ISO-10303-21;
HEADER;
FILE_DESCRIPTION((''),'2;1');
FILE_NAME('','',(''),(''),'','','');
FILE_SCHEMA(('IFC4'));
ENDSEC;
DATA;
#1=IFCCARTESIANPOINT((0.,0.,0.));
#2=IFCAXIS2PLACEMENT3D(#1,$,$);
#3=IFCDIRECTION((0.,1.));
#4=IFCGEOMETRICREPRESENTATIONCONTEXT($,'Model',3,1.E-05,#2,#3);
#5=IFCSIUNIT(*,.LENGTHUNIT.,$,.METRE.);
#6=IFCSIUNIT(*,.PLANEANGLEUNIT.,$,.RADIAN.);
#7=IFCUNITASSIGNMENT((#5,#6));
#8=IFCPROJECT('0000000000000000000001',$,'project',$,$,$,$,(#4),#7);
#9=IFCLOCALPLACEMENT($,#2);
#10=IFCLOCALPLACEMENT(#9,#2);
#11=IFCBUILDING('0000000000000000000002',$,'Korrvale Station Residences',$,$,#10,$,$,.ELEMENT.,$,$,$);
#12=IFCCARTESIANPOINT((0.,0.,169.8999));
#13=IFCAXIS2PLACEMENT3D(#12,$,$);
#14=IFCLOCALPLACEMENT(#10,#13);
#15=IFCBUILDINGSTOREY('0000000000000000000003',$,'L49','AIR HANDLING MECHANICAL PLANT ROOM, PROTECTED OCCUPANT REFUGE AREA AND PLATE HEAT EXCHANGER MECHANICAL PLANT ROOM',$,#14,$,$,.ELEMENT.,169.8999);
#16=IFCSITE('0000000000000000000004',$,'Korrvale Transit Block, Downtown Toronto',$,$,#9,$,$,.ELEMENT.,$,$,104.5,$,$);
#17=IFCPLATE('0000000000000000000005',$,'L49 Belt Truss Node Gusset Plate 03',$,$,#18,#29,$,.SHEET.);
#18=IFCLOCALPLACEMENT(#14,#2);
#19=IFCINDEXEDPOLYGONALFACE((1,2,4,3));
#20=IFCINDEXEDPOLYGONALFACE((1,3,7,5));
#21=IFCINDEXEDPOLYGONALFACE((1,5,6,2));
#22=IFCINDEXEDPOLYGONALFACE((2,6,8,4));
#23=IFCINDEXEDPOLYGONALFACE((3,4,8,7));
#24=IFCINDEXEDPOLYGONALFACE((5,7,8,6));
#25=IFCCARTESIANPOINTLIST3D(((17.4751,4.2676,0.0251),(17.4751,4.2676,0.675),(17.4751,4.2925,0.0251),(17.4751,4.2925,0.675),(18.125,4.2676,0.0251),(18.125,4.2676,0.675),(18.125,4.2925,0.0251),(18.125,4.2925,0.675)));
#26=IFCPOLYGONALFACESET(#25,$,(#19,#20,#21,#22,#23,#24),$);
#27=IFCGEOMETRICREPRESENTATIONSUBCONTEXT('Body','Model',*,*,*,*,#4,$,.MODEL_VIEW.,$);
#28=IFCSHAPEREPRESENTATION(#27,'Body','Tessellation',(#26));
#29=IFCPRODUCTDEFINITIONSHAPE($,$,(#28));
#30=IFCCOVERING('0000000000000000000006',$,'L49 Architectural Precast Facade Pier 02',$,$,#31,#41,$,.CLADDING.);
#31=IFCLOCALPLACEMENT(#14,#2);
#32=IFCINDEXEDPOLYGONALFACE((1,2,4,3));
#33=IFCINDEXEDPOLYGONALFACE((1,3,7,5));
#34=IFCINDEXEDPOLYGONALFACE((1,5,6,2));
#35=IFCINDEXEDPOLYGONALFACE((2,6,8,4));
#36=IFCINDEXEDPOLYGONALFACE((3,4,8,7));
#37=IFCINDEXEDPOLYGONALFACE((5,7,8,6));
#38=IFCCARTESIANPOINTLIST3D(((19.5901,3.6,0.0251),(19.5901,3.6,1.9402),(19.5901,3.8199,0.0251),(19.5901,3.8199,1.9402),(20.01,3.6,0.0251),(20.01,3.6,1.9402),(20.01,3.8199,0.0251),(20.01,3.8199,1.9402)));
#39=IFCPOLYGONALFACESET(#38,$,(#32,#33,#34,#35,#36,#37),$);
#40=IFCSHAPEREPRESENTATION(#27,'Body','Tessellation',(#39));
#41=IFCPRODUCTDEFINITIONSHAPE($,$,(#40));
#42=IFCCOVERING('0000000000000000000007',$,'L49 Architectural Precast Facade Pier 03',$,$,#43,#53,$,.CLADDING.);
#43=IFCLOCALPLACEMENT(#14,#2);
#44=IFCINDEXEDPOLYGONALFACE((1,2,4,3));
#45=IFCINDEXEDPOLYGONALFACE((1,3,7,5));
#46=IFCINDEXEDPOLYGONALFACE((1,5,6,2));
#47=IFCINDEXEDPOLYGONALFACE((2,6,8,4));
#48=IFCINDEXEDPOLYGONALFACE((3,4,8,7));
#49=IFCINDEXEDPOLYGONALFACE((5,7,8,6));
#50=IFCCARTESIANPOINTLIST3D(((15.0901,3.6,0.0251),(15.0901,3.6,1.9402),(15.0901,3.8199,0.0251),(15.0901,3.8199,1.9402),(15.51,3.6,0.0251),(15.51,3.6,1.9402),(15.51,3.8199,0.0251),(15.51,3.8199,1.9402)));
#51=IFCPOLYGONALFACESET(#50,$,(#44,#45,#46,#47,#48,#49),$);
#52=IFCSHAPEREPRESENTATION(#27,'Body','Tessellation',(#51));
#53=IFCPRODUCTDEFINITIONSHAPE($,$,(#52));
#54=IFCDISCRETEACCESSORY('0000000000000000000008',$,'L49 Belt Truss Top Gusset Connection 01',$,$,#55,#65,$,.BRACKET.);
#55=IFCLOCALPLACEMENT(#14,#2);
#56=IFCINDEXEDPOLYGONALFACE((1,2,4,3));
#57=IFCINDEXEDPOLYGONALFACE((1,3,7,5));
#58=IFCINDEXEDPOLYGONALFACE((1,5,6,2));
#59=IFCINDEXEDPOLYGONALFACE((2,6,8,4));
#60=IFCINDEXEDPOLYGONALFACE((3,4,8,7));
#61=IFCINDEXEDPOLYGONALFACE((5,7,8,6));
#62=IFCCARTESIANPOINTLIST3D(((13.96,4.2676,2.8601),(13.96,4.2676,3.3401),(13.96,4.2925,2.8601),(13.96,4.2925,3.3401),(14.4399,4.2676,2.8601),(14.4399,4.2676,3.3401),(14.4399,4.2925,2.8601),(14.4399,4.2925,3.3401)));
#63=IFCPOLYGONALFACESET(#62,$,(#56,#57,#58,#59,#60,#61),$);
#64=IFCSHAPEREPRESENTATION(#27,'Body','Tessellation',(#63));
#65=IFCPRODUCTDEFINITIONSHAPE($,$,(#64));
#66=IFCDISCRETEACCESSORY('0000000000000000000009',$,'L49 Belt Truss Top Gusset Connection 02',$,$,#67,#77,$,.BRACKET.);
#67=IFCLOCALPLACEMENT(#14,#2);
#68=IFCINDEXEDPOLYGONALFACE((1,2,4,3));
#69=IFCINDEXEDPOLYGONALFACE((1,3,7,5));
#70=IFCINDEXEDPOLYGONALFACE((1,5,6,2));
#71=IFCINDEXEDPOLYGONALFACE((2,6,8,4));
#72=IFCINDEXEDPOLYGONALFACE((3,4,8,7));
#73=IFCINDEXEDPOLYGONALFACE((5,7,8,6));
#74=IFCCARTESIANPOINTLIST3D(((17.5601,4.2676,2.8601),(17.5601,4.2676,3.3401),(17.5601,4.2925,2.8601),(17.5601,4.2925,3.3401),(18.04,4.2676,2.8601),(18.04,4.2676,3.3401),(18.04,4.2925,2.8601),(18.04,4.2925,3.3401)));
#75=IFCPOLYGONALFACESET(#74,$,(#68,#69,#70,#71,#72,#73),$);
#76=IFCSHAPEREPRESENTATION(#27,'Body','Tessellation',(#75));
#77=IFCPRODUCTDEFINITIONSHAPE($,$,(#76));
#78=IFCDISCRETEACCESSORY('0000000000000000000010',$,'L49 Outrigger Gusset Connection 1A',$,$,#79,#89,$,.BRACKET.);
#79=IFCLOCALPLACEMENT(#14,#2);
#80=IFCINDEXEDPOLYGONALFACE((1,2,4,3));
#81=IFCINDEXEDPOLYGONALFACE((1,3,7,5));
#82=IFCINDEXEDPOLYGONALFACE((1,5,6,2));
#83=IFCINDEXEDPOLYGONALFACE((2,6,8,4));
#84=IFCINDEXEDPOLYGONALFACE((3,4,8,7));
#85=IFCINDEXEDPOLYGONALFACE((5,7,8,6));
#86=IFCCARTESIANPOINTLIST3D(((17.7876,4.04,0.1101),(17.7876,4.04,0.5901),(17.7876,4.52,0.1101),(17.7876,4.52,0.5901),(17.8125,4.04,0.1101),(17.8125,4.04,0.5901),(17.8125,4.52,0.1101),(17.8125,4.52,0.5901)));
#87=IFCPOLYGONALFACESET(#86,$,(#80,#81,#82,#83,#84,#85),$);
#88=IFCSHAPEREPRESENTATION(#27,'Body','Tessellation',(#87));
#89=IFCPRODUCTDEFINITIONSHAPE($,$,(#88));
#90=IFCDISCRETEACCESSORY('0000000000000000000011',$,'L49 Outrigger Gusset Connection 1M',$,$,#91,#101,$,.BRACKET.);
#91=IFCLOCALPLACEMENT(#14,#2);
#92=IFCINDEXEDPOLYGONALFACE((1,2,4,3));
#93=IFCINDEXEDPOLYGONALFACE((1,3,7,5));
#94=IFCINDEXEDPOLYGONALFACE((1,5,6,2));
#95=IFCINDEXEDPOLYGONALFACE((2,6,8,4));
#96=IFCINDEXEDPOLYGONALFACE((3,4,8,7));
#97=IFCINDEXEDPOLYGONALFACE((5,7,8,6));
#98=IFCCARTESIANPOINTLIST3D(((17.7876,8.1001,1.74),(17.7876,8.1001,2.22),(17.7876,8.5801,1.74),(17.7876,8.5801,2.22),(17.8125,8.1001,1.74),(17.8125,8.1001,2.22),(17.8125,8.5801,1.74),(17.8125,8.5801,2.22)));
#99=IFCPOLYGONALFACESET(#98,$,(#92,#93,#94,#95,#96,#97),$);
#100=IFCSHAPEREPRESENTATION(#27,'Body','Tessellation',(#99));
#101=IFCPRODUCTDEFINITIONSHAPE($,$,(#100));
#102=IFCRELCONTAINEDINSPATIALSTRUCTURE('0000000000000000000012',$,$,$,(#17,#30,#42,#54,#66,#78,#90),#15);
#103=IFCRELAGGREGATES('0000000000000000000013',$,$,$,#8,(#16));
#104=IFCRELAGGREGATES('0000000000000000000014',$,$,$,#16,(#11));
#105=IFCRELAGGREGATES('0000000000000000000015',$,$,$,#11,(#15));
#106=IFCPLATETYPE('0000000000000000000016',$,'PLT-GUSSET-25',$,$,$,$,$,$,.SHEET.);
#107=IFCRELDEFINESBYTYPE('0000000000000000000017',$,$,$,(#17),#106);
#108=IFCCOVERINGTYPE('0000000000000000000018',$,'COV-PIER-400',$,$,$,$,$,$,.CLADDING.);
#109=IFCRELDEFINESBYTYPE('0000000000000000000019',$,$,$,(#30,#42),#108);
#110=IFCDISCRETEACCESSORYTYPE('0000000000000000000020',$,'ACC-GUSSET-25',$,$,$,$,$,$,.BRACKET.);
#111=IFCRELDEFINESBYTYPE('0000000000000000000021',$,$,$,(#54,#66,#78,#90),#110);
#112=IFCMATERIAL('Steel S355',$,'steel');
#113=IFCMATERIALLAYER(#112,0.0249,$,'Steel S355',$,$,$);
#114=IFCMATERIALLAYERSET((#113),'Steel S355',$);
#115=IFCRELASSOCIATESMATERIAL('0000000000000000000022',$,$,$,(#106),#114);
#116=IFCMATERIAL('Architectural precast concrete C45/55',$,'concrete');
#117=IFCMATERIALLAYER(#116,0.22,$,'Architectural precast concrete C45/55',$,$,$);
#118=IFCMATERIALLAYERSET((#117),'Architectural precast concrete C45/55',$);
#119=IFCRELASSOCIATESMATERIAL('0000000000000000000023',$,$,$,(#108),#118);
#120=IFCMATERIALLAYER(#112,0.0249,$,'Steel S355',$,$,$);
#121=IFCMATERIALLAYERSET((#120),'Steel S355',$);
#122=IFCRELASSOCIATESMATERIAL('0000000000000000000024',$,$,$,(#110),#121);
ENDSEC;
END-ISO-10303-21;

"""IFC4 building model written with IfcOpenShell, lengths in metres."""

from ifc_helpers import new_model, si_unit, direction, frame, origin, origin_2d, place, context, subcontext, project, spatial, rectangle, extrude, material, layer, layer_set, type_object, element, save


model = new_model("IFC4")

# Units and contexts
model_context = context("Model", 3, precision=1e-05, world=origin(), true_north=direction((0.0, 1.0)))
body_context = subcontext(model_context, "Body", "Model", "MODEL_VIEW")
ifc_project = project(units=[si_unit("LENGTHUNIT", "METRE"), si_unit("PLANEANGLEUNIT", "RADIAN")], contexts=[model_context])

# Site, building, storey
site_placement = place(None, origin())
site = spatial("IfcSite", under=ifc_project, at=site_placement, Name="Korrvale Transit Block, Downtown Toronto", CompositionType="ELEMENT", RefElevation=104.5)
building_placement = place(site_placement, origin())
building = spatial("IfcBuilding", under=site, at=building_placement, Name="Korrvale Station Residences", CompositionType="ELEMENT")
storey_placement = place(building_placement, frame((0.0, 0.0, 169.8999)))
storey = spatial("IfcBuildingStorey", under=building, at=storey_placement, Name="L49", Description="AIR HANDLING MECHANICAL PLANT ROOM, PROTECTED OCCUPANT REFUGE AREA AND PLATE HEAT EXCHANGER MECHANICAL PLANT ROOM", CompositionType="ELEMENT", Elevation=169.8999)

# Shared definitions
ifc_material_1 = material(Name="Steel S355", Category="steel")

# Plate
ifc_layer_1 = layer(ifc_material_1, 0.0249, Name="Steel S355")
ifc_layer_set_1 = layer_set([ifc_layer_1], Name="Steel S355")
plate_type_1 = type_object("IfcPlateType", Name="PLT-GUSSET-25", PredefinedType="SHEET", material=ifc_layer_set_1)
for number, where, z_axis, x_axis, name in (
    (1, (17.8, 4.28, 0.0251), (0.0, 0.0, 1.0), (1.0, 0.0, 0.0), "L49 Belt Truss Node Gusset Plate 03"),
):
    element("IfcPlate", number, at=place(storey_placement, frame(where, z_axis=z_axis, x_axis=x_axis)), inside=storey, type_object=plate_type_1, Name=name, PredefinedType="SHEET", context=body_context, shape_type="SweptSolid", body=[
        extrude(rectangle(XDim=0.6499, YDim=0.0249, at=origin_2d()), origin(), (0.0, 0.0, 1.0), 0.6499),
    ])

# Coverings
ifc_material_2 = material(Name="Architectural precast concrete C45/55", Category="concrete")
ifc_layer_2 = layer(ifc_material_2, 0.22, Name="Architectural precast concrete C45/55")
ifc_layer_set_2 = layer_set([ifc_layer_2], Name="Architectural precast concrete C45/55")
covering_type = type_object("IfcCoveringType", Name="COV-PIER-400", PredefinedType="CLADDING", material=ifc_layer_set_2)
for number, where, z_axis, x_axis, name in (
    (2, (19.8, 3.71, 0.0251), (0.0, 0.0, 1.0), (1.0, 0.0, 0.0), "L49 Architectural Precast Facade Pier 02"),
    (3, (15.3, 3.71, 0.0251), (0.0, 0.0, 1.0), (1.0, 0.0, 0.0), "L49 Architectural Precast Facade Pier 03"),
):
    element("IfcCovering", number, at=place(storey_placement, frame(where, z_axis=z_axis, x_axis=x_axis)), inside=storey, type_object=covering_type, Name=name, PredefinedType="CLADDING", context=body_context, shape_type="SweptSolid", body=[
        extrude(rectangle(XDim=0.4199, YDim=0.22, at=origin_2d()), origin(), (0.0, 0.0, 1.0), 1.915),
    ])

# Discrete accessories
ifc_layer_3 = layer(ifc_material_1, 0.0249, Name="Steel S355")
ifc_layer_set_3 = layer_set([ifc_layer_3], Name="Steel S355")
discrete_accessory_type = type_object("IfcDiscreteAccessoryType", Name="ACC-GUSSET-25", PredefinedType="BRACKET", material=ifc_layer_set_3)
for number, where, z_axis, x_axis, name in (
    (4, (14.2, 4.28, 2.8601), (0.0, 0.0, 1.0), (1.0, 0.0, 0.0), "L49 Belt Truss Top Gusset Connection 01"),
    (5, (17.8, 4.28, 2.8601), (0.0, 0.0, 1.0), (1.0, 0.0, 0.0), "L49 Belt Truss Top Gusset Connection 02"),
    (6, (17.8, 4.28, 0.1101), (0.0, 0.0, 1.0), (0.0, 1.0, 0.0), "L49 Outrigger Gusset Connection 1A"),
    (7, (17.8, 8.3401, 1.74), (0.0, 0.0, 1.0), (0.0, 1.0, 0.0), "L49 Outrigger Gusset Connection 1M"),
):
    element("IfcDiscreteAccessory", number, at=place(storey_placement, frame(where, z_axis=z_axis, x_axis=x_axis)), inside=storey, type_object=discrete_accessory_type, Name=name, PredefinedType="BRACKET", context=body_context, shape_type="SweptSolid", body=[
        extrude(rectangle(XDim=0.48, YDim=0.0249, at=origin_2d()), origin(), (0.0, 0.0, 1.0), 0.48),
    ])

save(model, "model.ifc")
